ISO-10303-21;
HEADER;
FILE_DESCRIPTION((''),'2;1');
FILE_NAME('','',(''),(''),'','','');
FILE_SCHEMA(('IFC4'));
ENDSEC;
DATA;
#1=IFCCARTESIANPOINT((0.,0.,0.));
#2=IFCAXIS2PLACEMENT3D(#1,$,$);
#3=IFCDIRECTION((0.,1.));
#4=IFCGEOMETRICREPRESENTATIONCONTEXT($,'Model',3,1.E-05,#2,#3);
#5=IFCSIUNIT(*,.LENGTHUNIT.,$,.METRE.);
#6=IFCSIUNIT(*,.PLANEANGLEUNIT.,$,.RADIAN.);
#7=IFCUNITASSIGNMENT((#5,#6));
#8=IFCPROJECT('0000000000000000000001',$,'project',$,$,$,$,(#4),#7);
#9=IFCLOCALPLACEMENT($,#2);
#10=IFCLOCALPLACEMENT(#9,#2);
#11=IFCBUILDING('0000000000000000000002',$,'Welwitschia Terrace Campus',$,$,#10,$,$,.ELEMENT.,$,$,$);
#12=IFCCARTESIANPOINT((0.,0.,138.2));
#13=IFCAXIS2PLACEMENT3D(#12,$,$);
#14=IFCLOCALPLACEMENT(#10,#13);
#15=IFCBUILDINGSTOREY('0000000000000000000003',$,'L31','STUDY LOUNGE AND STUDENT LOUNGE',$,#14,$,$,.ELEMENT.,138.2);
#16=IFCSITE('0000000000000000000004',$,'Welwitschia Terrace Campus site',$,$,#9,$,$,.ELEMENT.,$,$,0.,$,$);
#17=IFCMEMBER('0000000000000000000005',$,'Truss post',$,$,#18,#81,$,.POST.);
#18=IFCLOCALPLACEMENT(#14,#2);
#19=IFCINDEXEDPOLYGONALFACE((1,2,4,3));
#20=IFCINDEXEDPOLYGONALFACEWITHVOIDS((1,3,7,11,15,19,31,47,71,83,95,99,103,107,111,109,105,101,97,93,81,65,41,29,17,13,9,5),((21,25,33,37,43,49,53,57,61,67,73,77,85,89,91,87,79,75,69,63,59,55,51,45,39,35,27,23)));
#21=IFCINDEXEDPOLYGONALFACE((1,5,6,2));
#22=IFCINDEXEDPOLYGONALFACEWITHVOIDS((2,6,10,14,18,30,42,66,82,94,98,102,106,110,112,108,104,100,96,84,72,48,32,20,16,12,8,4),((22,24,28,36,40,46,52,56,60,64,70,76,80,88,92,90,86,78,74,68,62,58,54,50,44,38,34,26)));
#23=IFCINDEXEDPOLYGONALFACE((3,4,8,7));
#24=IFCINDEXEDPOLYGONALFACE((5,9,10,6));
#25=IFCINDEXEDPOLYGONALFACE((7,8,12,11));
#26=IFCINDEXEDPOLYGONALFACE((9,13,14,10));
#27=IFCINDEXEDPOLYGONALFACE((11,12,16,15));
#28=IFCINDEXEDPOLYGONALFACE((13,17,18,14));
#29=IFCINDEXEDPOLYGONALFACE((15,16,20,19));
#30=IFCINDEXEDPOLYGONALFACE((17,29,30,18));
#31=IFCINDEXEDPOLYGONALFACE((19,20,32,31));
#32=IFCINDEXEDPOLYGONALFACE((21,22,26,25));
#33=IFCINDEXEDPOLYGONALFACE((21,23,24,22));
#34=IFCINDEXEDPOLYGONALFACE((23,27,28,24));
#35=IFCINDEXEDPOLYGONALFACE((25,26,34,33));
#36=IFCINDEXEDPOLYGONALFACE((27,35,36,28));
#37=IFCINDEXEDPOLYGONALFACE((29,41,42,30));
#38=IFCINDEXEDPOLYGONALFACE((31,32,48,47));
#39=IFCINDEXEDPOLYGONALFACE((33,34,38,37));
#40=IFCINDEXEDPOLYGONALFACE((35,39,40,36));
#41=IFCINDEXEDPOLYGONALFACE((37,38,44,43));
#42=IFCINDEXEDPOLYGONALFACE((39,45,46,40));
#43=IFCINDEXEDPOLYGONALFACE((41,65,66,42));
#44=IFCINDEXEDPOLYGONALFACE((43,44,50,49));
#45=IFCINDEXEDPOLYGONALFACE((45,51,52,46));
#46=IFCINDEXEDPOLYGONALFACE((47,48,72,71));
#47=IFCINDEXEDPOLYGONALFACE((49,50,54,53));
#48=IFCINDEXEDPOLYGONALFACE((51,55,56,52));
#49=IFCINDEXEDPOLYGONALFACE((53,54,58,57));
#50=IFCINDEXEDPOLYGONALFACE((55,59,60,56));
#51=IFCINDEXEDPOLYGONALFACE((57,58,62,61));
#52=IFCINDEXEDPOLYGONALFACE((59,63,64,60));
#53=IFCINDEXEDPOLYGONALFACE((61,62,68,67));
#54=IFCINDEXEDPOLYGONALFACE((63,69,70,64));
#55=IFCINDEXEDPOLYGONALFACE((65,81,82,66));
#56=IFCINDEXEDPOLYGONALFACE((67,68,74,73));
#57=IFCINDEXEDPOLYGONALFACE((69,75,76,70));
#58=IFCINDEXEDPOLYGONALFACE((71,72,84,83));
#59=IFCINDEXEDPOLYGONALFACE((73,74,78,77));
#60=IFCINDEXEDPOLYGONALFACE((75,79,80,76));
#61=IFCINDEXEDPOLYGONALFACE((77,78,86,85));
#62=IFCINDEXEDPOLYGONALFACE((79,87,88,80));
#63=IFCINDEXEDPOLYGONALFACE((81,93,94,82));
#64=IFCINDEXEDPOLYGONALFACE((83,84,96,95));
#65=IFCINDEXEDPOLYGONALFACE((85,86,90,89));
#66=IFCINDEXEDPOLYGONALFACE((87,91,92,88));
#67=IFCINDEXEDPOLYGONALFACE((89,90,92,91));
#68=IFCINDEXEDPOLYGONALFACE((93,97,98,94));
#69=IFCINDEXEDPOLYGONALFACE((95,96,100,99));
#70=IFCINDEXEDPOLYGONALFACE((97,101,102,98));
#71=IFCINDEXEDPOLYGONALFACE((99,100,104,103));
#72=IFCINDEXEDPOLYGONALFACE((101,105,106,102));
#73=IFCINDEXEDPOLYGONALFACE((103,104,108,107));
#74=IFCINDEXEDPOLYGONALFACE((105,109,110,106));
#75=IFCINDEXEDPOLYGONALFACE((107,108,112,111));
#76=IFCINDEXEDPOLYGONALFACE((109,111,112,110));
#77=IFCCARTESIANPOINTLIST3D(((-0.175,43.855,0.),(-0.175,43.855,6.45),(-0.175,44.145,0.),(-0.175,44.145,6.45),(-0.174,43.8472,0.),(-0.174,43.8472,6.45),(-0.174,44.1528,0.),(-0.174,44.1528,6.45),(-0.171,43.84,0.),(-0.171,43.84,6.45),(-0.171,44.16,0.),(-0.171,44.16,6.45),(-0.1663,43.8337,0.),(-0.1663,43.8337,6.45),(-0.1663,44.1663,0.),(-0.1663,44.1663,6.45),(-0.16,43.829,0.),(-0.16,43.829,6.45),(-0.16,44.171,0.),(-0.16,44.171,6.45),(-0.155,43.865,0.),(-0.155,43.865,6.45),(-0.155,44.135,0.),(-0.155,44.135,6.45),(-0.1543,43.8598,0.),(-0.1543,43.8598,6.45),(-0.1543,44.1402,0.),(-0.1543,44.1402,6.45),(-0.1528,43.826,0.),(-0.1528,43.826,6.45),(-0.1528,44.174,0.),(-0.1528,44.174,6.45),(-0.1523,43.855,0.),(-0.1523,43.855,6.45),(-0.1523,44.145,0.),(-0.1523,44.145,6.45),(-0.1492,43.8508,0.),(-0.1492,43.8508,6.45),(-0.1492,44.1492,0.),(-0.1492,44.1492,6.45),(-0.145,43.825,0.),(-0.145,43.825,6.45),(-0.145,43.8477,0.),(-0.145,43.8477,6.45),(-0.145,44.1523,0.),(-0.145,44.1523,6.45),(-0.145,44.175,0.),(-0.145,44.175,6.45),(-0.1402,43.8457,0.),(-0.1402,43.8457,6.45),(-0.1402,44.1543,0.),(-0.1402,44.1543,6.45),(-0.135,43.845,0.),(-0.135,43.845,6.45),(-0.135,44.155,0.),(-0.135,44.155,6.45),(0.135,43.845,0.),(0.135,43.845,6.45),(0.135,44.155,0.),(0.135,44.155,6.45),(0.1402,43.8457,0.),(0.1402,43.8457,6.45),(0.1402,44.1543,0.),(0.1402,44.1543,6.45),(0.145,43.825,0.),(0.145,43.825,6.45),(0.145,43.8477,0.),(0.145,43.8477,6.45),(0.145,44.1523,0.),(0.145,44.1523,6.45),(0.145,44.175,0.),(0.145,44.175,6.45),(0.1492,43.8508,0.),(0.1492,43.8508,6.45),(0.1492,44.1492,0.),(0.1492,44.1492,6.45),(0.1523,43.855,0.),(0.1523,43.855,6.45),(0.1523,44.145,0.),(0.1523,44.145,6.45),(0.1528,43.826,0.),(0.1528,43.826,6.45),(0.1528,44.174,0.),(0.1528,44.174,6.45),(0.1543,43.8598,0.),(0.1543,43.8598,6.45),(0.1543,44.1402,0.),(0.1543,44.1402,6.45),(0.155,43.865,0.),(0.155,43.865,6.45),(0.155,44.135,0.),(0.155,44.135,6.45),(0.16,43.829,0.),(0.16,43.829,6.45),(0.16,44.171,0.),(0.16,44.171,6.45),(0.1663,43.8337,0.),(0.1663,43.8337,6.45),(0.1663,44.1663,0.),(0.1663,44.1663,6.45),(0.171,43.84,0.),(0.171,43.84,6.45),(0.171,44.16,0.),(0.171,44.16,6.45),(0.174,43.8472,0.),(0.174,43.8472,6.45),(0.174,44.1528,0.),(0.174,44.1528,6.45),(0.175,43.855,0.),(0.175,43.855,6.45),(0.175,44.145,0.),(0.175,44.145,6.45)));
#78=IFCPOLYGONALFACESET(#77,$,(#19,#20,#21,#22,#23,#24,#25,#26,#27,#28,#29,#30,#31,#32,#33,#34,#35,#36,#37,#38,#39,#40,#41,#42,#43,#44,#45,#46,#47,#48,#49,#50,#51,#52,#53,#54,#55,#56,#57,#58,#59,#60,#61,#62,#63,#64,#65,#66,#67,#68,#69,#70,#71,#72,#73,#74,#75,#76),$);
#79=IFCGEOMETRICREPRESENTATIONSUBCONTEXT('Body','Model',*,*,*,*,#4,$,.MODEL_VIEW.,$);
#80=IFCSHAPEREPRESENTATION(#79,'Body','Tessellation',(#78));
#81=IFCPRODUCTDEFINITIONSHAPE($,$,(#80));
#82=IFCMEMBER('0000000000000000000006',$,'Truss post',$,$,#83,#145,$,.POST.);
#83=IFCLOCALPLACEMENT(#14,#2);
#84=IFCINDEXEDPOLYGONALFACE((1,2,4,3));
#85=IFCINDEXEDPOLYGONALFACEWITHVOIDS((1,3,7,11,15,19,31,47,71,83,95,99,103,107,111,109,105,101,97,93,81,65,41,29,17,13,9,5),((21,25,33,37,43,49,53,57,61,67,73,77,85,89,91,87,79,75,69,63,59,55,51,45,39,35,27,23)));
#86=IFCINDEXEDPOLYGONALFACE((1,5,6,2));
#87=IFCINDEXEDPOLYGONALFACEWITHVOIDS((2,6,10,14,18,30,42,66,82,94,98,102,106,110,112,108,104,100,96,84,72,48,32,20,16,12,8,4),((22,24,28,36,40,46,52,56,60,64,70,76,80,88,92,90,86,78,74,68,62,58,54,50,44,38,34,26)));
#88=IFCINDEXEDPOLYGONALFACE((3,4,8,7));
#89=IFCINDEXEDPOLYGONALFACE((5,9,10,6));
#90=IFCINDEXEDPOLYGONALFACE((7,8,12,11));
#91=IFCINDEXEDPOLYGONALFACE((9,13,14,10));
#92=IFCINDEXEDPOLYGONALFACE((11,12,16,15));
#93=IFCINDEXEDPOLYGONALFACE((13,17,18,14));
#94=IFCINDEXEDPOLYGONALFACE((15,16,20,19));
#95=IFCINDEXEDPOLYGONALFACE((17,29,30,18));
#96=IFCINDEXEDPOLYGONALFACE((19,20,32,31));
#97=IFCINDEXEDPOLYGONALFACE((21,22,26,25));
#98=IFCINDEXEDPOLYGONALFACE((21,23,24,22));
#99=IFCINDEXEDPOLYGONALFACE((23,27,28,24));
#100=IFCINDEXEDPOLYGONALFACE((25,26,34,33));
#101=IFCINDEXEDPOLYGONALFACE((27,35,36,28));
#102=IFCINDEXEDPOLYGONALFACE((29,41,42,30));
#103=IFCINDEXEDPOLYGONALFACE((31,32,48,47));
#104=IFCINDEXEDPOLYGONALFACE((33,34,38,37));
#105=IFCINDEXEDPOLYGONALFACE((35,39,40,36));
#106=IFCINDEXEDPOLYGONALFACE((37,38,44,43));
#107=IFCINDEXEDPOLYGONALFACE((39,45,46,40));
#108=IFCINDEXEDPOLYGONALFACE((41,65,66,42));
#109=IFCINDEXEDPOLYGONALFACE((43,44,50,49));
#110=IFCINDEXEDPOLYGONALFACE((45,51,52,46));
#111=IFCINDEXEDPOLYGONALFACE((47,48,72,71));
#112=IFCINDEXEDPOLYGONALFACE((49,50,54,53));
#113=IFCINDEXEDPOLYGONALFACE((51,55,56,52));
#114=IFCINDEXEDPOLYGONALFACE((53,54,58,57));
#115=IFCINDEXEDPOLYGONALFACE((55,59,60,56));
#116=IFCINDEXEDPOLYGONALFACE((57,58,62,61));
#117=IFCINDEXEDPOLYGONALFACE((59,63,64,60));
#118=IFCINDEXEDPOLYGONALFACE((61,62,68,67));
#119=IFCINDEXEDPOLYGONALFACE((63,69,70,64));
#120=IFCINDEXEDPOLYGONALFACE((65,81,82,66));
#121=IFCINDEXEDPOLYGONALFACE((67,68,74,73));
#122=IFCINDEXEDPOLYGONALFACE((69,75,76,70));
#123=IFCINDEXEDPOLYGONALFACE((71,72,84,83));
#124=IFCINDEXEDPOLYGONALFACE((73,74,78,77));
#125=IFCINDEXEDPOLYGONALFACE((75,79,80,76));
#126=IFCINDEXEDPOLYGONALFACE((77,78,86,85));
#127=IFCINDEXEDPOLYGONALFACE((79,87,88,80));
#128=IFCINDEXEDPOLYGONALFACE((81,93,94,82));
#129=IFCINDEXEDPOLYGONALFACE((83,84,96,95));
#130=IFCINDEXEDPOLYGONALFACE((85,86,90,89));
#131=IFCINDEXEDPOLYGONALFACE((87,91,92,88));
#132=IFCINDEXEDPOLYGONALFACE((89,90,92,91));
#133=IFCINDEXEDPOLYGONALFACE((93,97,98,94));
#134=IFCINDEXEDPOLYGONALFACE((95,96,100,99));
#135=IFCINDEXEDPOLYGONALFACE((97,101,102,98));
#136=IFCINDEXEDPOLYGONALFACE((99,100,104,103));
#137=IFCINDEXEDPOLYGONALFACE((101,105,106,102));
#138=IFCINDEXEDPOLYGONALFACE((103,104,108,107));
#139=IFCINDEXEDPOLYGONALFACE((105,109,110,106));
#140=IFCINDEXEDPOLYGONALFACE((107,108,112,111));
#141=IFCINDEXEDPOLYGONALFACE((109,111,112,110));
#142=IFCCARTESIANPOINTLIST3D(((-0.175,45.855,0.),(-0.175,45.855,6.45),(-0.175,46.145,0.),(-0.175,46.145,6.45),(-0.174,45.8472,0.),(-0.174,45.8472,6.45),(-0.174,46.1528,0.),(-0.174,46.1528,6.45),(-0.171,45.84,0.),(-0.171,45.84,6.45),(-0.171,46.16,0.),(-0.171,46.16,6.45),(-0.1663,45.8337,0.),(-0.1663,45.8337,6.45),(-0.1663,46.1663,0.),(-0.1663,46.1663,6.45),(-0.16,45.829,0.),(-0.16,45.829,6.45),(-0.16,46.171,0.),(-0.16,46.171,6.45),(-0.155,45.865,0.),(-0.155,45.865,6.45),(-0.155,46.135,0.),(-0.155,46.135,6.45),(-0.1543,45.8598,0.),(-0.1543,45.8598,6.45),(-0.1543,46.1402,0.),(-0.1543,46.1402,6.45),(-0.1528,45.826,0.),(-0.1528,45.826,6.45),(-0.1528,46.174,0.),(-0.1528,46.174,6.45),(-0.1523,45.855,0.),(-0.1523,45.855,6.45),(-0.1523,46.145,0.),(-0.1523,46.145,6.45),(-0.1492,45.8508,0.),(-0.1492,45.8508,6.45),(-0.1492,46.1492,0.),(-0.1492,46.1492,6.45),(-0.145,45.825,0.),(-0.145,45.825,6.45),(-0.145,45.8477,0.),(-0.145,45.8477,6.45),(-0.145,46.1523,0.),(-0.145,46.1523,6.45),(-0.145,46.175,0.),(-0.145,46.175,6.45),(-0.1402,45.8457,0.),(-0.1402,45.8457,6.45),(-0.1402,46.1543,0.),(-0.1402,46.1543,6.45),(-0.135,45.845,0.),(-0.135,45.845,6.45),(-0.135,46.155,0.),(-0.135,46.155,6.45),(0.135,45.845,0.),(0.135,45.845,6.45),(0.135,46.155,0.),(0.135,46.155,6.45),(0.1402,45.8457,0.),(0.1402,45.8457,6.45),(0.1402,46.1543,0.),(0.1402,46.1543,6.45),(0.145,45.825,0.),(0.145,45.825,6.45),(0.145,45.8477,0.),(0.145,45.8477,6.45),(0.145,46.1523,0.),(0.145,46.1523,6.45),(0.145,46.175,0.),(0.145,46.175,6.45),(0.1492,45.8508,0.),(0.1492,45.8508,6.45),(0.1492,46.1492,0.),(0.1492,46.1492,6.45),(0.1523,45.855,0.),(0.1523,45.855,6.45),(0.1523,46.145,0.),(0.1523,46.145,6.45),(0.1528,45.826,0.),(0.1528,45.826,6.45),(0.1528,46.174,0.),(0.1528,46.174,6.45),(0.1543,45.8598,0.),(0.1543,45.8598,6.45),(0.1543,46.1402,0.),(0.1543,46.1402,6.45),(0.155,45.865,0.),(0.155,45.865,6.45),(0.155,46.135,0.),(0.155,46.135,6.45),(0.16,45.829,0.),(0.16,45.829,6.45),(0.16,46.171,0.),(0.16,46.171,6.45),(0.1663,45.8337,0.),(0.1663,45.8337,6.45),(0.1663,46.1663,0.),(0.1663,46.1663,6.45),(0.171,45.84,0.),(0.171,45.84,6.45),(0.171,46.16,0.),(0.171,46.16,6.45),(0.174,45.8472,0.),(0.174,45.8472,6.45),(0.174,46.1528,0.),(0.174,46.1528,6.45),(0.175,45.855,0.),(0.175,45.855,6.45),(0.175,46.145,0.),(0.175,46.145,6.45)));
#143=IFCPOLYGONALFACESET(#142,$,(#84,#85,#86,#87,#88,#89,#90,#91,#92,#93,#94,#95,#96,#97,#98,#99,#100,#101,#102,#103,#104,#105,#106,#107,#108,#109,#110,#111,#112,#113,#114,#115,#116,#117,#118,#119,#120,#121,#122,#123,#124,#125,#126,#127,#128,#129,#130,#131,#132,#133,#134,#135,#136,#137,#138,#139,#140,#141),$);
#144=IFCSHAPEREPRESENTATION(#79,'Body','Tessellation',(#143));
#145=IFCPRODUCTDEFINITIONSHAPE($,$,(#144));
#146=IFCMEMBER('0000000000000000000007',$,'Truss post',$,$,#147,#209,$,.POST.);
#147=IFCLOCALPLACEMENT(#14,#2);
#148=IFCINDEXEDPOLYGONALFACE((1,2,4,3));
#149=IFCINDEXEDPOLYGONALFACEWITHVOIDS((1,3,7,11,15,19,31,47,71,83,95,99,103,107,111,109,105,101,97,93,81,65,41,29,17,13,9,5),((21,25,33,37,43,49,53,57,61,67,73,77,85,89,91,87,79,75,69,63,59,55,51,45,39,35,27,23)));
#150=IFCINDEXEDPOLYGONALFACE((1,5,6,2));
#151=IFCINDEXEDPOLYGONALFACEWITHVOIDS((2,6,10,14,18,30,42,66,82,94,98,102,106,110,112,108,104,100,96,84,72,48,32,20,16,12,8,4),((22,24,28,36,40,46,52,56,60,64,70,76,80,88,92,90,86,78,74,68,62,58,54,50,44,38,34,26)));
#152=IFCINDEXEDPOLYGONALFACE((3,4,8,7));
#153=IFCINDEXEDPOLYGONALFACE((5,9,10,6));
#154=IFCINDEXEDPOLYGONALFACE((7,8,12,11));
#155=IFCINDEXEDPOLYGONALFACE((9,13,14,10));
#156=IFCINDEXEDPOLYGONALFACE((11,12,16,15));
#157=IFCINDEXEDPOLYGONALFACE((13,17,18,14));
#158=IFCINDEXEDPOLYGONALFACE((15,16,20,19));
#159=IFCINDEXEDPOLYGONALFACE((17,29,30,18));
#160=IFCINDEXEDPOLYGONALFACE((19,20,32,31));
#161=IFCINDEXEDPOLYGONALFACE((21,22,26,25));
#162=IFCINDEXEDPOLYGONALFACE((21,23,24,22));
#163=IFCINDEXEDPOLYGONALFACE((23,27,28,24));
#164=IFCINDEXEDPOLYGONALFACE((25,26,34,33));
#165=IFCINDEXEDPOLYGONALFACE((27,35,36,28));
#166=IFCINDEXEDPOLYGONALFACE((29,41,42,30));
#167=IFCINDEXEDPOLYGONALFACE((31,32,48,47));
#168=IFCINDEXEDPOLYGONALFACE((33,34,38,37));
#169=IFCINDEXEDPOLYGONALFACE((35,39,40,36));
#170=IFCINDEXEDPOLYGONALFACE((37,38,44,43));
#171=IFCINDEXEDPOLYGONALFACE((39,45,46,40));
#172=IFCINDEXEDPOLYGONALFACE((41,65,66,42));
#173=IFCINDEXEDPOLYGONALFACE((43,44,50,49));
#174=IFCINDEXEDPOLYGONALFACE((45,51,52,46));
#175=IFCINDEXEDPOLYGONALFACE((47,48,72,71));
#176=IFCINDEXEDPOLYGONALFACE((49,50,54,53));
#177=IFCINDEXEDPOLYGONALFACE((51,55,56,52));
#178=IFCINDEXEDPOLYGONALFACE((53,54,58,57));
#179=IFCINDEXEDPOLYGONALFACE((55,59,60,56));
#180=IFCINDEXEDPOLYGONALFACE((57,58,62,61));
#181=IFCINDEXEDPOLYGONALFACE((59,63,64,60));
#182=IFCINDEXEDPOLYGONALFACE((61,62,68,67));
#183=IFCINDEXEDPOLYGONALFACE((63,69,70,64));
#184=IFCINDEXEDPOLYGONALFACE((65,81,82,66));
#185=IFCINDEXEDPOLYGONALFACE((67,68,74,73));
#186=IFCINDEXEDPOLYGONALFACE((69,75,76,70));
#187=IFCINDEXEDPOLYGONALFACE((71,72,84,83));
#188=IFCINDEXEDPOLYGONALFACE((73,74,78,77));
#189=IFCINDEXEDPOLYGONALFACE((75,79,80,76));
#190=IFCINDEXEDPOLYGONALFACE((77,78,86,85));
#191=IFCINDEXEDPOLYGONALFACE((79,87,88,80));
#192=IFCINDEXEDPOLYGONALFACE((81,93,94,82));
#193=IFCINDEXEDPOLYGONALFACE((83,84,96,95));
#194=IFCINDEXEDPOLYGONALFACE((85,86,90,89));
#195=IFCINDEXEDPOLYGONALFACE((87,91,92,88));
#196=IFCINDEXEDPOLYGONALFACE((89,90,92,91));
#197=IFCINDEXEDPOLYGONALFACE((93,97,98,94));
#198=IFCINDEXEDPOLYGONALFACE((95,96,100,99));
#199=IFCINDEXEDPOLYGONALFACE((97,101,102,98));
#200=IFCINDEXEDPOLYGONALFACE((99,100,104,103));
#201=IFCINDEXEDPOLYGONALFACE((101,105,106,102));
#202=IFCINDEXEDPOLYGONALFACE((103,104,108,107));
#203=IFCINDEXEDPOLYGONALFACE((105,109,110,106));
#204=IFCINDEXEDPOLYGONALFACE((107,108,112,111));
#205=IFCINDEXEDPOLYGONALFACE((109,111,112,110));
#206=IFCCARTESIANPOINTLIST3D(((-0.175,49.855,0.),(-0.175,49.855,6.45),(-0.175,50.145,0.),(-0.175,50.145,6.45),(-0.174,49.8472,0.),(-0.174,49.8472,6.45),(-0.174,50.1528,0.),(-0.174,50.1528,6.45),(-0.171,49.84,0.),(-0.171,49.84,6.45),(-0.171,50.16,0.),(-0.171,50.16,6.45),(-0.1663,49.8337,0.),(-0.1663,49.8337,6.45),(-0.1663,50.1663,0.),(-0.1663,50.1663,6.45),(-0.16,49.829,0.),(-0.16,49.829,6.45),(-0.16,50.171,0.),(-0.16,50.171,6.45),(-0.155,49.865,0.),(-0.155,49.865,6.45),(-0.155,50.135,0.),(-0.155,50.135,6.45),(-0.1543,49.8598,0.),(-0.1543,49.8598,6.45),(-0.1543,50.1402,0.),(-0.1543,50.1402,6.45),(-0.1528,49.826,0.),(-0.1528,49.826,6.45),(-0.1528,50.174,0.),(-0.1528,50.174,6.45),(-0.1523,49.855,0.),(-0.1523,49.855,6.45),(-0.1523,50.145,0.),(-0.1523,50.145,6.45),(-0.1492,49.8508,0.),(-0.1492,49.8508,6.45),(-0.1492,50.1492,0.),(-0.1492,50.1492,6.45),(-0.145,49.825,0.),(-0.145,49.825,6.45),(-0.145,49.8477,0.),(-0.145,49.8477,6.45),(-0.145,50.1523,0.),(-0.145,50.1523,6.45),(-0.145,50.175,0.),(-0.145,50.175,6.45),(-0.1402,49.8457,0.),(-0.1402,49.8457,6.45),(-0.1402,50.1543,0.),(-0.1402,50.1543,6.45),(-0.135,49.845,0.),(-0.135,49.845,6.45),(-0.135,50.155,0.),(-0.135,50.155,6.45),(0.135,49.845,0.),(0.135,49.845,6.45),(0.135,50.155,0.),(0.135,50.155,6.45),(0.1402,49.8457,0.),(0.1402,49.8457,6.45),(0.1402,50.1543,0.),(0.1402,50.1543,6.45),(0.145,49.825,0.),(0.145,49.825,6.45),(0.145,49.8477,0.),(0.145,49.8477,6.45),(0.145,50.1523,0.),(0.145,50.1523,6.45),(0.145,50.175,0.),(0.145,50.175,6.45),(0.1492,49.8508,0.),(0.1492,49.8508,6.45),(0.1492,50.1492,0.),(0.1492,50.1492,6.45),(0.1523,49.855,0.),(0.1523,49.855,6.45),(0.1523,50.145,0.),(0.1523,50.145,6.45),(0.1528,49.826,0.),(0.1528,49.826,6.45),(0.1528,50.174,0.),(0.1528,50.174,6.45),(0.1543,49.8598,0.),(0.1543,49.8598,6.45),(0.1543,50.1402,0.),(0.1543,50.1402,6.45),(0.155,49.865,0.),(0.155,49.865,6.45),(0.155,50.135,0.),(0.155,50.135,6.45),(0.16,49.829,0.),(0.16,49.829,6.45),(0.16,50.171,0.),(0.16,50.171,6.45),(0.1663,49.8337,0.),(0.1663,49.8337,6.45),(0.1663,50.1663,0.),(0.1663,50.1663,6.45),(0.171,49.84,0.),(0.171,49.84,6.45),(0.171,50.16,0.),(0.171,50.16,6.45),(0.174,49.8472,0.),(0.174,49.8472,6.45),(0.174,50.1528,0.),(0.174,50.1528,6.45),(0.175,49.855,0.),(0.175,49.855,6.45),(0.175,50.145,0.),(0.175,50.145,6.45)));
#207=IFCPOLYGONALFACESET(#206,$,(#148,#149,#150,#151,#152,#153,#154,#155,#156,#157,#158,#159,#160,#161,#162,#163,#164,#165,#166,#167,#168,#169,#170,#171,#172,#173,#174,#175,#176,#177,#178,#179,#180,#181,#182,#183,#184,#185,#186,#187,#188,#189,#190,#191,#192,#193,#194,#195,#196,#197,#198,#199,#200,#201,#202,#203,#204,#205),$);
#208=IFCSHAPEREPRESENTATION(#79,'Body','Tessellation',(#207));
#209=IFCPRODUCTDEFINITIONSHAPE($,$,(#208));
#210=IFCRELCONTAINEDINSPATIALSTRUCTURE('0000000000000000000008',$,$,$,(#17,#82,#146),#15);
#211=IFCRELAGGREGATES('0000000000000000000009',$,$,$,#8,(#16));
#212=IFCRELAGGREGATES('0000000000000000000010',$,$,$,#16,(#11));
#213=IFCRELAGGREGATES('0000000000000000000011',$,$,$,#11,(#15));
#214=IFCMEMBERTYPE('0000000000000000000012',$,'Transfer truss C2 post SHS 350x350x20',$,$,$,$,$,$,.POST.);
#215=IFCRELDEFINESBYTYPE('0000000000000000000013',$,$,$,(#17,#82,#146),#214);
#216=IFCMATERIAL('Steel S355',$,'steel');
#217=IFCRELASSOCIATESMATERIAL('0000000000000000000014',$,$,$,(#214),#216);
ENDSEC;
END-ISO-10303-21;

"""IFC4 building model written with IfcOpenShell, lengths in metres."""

from ifc_helpers import new_model, si_unit, direction, frame, origin, origin_2d, place, context, subcontext, project, spatial, hollow_rectangle, extrude, material, material_profile, profile_set, type_object, element, save


model = new_model("IFC4")

# Units and contexts
model_context = context("Model", 3, precision=1e-05, world=origin(), true_north=direction((0.0, 1.0)))
body_context = subcontext(model_context, "Body", "Model", "MODEL_VIEW")
ifc_project = project(units=[si_unit("LENGTHUNIT", "METRE"), si_unit("PLANEANGLEUNIT", "RADIAN")], contexts=[model_context])

# Site, building, storey
site_placement = place(None, origin())
site = spatial("IfcSite", under=ifc_project, at=site_placement, Name="Welwitschia Terrace Campus site", CompositionType="ELEMENT", RefElevation=0.0)
building_placement = place(site_placement, origin())
building = spatial("IfcBuilding", under=site, at=building_placement, Name="Welwitschia Terrace Campus", CompositionType="ELEMENT")
storey_placement = place(building_placement, frame((0.0, 0.0, 138.2)))
storey = spatial("IfcBuildingStorey", under=building, at=storey_placement, Name="L31", Description="STUDY LOUNGE AND STUDENT LOUNGE", CompositionType="ELEMENT", Elevation=138.2)

# Members
ifc_material_1 = material(Name="Steel S355", Category="steel")
ifc_material_profile_1 = material_profile(ifc_material_1, hollow_rectangle(XDim=0.3501, YDim=0.3501, WallThickness=0.02, InnerFilletRadius=0.02, OuterFilletRadius=0.03, at=origin_2d()))
ifc_profile_set_1 = profile_set([ifc_material_profile_1], Name="Steel S355")
member_type_1 = type_object("IfcMemberType", Name="Transfer truss C2 post SHS 350x350x20", PredefinedType="POST", material=ifc_profile_set_1)
for number, where, z_axis, x_axis, name in (
    (1, (0.0, 44.0, 0.0), (0.0, 0.0, 1.0), (1.0, 0.0, 0.0), "Truss post"),
    (2, (0.0, 46.0, 0.0), (0.0, 0.0, 1.0), (1.0, 0.0, 0.0), "Truss post"),
    (3, (0.0, 50.0, 0.0), (0.0, 0.0, 1.0), (1.0, 0.0, 0.0), "Truss post"),
):
    element("IfcMember", number, at=place(storey_placement, frame(where, z_axis=z_axis, x_axis=x_axis)), inside=storey, type_object=member_type_1, Name=name, PredefinedType="POST", context=body_context, shape_type="SweptSolid", body=[
        extrude(hollow_rectangle(XDim=0.3501, YDim=0.3501, WallThickness=0.02, InnerFilletRadius=0.02, OuterFilletRadius=0.03, at=origin_2d()), origin(), (0.0, 0.0, 1.0), 6.45),
    ])

save(model, "model.ifc")
